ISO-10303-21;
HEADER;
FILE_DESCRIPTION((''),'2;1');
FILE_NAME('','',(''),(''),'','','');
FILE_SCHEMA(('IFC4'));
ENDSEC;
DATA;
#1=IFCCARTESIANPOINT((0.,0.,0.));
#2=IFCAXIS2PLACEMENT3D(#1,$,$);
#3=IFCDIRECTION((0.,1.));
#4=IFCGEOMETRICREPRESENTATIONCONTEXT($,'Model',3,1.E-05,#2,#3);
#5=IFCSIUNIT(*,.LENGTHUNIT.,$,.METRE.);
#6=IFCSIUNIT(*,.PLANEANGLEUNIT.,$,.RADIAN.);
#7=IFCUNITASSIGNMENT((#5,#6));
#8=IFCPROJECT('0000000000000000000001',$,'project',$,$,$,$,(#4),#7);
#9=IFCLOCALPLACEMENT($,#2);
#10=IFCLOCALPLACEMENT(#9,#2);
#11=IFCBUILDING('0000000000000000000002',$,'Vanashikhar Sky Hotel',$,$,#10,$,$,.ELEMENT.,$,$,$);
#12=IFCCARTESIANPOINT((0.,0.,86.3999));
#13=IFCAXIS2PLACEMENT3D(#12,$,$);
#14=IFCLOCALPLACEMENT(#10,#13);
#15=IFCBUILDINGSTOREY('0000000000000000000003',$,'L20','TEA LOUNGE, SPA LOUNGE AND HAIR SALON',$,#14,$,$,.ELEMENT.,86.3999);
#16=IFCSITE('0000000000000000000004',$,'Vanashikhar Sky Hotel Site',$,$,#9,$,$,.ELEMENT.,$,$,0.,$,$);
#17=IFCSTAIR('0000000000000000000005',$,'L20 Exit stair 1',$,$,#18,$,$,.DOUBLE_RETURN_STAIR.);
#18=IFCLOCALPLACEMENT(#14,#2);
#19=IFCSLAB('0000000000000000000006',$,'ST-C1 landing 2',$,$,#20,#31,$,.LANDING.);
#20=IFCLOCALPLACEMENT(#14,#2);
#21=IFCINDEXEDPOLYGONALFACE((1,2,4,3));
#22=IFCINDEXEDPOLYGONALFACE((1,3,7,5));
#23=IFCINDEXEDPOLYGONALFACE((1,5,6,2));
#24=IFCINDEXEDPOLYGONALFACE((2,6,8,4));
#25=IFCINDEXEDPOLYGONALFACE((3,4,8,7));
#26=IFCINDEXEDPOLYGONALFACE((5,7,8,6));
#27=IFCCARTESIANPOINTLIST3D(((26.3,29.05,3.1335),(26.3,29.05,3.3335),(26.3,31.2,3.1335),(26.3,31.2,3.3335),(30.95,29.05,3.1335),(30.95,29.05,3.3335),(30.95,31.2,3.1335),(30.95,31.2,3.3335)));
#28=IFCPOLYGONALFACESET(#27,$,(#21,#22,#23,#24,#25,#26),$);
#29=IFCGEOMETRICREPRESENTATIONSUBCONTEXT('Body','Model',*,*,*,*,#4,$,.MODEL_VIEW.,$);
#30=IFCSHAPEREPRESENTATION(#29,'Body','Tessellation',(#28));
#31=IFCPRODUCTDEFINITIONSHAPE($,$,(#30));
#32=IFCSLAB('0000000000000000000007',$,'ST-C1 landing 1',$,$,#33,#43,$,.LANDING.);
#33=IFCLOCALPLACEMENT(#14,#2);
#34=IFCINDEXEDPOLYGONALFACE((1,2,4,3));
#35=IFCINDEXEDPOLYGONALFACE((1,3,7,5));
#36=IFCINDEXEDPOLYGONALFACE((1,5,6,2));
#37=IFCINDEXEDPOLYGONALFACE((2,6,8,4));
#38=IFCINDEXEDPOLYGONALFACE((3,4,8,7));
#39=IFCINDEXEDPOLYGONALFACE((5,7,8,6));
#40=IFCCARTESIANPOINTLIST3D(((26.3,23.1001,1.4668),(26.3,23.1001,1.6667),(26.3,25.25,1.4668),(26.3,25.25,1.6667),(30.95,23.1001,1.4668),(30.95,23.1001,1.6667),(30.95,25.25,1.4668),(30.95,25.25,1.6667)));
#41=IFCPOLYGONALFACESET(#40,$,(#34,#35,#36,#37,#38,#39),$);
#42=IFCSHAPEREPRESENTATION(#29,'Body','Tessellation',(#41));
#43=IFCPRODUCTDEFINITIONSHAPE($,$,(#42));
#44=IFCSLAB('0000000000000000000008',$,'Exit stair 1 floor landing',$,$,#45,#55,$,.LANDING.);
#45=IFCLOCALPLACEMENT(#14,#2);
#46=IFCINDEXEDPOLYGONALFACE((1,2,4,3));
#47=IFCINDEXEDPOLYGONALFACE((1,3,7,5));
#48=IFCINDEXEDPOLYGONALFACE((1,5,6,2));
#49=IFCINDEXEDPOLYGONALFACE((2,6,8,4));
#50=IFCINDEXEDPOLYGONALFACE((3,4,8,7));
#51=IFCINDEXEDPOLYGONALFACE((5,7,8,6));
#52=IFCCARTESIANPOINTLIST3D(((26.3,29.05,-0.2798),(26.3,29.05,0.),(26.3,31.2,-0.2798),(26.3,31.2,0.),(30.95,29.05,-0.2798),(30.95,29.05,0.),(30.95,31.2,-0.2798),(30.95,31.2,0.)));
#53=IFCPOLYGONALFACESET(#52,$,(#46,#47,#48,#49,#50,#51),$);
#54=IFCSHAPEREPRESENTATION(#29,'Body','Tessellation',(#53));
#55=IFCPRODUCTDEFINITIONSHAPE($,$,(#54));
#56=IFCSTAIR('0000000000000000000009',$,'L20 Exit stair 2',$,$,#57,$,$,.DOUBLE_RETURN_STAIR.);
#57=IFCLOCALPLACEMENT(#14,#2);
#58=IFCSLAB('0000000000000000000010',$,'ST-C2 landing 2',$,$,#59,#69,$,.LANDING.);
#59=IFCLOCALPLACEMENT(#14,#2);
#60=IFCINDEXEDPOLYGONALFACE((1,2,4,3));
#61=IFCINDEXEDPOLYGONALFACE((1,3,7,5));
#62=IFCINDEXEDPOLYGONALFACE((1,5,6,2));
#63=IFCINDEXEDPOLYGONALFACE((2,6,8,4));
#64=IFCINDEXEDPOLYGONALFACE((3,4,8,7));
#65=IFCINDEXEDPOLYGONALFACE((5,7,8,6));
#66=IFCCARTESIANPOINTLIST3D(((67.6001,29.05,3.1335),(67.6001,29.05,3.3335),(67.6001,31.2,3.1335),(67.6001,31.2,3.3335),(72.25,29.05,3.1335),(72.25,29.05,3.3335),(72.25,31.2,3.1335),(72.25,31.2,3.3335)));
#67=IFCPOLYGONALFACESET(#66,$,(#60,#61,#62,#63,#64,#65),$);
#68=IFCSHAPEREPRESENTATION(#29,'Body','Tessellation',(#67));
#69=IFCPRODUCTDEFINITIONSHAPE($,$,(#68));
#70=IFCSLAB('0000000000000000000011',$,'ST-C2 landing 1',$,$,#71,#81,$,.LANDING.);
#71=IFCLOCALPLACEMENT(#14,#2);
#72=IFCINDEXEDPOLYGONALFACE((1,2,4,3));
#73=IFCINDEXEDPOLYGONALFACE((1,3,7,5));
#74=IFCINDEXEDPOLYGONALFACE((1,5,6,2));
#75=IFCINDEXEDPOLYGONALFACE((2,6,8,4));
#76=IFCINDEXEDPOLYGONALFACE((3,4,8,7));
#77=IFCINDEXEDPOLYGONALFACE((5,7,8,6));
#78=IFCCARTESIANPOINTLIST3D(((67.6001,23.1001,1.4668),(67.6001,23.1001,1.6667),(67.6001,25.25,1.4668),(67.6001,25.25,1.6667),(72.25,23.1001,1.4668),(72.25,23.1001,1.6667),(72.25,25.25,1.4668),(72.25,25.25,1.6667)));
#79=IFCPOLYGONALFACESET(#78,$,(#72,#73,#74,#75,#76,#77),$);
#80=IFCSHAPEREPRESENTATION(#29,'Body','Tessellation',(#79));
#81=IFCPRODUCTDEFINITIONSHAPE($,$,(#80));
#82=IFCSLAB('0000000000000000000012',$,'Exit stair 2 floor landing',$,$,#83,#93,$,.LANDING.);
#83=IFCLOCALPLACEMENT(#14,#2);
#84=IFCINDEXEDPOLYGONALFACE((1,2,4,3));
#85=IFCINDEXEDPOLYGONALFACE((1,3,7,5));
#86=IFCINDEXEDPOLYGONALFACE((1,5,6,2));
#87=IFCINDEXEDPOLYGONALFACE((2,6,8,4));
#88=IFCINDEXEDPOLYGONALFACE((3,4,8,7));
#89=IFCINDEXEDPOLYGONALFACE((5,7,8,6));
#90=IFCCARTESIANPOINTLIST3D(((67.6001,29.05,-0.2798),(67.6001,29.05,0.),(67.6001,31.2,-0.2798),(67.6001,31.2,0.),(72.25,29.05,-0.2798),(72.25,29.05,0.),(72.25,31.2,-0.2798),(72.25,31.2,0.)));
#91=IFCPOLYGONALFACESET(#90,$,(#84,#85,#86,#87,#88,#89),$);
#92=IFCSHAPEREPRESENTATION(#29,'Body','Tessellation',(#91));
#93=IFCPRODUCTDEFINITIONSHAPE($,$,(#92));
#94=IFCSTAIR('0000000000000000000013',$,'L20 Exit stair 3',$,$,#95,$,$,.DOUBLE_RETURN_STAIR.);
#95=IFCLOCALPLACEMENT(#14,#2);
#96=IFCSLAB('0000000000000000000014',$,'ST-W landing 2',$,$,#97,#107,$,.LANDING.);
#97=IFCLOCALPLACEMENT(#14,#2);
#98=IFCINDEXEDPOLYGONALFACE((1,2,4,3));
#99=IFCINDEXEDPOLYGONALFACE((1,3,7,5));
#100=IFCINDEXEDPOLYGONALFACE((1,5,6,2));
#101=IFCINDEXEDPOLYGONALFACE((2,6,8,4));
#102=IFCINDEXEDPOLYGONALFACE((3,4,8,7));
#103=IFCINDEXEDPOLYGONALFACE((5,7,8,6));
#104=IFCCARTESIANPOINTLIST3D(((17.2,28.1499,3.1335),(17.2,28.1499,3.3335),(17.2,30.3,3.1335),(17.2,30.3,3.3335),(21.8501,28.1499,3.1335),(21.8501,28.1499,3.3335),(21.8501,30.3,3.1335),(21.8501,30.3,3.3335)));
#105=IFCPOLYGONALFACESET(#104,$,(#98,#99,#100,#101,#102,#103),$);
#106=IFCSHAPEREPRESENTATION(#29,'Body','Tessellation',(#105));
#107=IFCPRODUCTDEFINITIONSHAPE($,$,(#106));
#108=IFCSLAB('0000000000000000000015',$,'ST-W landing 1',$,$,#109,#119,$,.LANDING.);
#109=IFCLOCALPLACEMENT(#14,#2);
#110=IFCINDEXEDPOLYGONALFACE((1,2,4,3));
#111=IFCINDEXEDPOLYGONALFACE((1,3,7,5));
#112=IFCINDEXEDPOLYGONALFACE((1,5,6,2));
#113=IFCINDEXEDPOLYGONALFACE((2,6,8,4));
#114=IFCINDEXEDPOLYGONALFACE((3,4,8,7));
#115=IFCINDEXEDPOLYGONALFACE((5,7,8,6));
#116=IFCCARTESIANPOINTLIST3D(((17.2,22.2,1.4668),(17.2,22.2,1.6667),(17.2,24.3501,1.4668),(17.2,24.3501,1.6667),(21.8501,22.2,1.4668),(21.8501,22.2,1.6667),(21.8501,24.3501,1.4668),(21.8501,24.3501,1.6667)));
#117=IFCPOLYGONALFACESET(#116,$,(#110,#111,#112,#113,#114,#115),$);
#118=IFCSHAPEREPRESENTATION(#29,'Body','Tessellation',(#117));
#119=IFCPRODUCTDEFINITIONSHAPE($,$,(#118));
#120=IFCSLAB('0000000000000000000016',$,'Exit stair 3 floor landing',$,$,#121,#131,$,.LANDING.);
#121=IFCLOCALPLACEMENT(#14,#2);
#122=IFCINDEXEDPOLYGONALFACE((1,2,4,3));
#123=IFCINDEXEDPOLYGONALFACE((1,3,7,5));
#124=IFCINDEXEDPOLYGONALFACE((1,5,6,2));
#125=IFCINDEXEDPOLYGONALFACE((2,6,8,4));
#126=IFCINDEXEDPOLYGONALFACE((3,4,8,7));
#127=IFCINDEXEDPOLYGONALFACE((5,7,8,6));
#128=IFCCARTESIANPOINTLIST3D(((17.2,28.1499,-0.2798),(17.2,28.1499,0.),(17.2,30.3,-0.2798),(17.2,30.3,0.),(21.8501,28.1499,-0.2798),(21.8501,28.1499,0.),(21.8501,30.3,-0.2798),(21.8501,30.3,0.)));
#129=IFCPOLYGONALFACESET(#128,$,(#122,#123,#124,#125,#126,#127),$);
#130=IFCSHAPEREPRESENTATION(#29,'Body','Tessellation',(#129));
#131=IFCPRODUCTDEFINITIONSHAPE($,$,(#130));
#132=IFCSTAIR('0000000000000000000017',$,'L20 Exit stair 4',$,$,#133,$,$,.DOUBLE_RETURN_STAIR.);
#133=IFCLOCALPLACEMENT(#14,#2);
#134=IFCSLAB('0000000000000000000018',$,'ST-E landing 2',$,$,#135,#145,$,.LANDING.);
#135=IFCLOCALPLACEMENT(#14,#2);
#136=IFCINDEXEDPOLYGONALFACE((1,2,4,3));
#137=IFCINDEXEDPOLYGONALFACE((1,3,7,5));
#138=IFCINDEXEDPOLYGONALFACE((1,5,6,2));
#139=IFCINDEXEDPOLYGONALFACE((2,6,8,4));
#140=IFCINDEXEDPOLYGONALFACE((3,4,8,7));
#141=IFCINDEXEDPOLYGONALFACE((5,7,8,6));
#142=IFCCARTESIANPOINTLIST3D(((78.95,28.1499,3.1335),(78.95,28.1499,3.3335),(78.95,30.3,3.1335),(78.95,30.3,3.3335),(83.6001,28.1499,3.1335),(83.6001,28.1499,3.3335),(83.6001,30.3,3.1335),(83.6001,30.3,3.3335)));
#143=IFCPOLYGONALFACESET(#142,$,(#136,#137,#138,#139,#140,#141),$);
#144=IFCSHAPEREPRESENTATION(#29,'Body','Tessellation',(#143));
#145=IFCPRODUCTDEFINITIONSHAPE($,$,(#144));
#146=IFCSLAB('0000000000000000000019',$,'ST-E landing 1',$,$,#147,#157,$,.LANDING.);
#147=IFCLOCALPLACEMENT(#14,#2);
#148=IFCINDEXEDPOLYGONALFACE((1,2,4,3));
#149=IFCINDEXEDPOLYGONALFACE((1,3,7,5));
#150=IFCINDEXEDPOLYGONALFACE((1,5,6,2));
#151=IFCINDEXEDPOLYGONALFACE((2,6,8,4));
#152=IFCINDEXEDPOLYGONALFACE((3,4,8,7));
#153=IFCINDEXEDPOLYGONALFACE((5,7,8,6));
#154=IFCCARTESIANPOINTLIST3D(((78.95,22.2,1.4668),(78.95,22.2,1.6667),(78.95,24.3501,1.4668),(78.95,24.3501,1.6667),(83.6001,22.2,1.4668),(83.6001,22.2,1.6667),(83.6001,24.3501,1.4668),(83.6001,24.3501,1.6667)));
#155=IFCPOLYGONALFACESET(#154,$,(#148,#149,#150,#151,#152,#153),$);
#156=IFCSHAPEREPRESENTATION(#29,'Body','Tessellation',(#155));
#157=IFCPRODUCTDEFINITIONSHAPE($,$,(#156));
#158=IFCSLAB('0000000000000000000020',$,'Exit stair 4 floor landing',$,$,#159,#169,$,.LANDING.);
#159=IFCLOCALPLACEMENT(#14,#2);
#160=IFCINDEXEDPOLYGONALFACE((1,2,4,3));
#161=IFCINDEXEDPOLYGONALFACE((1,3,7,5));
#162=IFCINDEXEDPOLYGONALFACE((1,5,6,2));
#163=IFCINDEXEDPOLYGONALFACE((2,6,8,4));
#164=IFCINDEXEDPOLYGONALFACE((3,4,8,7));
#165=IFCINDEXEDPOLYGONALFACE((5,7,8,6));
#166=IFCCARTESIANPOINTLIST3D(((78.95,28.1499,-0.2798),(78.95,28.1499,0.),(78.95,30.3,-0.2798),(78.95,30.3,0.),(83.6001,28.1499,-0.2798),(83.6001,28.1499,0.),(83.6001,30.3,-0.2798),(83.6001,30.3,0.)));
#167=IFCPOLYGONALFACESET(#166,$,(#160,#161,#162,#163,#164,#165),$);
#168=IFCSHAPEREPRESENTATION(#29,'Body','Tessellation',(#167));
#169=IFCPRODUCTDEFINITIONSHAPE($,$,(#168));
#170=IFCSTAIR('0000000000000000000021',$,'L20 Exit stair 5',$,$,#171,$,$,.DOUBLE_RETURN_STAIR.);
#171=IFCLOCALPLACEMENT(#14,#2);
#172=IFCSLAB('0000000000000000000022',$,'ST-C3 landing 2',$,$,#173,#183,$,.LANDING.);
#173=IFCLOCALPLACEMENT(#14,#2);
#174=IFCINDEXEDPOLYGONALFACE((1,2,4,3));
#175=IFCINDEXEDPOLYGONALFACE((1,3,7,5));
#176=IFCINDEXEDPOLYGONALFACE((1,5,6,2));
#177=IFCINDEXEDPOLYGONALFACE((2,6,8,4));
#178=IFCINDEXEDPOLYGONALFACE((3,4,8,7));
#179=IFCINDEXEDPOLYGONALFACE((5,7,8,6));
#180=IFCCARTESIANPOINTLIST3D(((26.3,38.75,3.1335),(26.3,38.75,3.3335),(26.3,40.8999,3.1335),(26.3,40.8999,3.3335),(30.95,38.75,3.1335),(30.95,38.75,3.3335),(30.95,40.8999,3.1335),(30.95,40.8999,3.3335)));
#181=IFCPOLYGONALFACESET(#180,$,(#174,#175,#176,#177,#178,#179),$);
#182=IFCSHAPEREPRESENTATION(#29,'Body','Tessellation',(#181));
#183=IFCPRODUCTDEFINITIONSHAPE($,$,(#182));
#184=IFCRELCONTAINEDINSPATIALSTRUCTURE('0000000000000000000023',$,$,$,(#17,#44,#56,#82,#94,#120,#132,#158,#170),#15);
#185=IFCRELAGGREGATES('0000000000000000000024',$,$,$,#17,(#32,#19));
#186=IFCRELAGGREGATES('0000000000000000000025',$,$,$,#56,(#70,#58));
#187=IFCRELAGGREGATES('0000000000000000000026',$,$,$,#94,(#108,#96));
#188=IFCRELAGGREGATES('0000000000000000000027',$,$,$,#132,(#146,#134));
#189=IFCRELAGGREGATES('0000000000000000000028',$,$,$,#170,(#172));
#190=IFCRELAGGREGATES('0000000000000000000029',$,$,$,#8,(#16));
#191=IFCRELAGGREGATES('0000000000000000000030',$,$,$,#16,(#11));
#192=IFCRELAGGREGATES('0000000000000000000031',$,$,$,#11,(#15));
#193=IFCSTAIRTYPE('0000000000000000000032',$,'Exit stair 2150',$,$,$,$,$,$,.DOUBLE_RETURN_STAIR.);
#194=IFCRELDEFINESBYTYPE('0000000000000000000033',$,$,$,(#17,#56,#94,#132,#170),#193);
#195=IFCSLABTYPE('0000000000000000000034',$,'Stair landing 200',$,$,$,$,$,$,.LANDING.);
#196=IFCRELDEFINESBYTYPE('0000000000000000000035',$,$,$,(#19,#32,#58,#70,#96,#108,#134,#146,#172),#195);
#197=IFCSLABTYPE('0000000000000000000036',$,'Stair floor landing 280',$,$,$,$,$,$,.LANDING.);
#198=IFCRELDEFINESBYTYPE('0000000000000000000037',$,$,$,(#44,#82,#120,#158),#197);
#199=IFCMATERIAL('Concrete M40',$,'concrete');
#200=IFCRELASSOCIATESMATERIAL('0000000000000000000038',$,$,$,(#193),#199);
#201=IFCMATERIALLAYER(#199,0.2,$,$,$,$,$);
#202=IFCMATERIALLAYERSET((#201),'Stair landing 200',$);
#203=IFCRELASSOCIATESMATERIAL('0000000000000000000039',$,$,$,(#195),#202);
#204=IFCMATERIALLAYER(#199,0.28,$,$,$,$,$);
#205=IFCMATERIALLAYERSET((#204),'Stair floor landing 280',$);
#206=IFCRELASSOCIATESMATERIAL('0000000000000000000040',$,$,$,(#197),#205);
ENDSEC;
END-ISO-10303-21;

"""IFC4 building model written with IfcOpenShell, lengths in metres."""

from ifc_helpers import new_model, si_unit, direction, frame, origin, place, context, subcontext, project, spatial, polyline, outline, extrude, source, transform, mapped, material, layer, layer_set, type_object, element, aggregate, save


model = new_model("IFC4")

# Units and contexts
model_context = context("Model", 3, precision=1e-05, world=origin(), true_north=direction((0.0, 1.0)))
body_context = subcontext(model_context, "Body", "Model", "MODEL_VIEW")
ifc_project = project(units=[si_unit("LENGTHUNIT", "METRE"), si_unit("PLANEANGLEUNIT", "RADIAN")], contexts=[model_context])

# Site, building, storey
site_placement = place(None, origin())
site = spatial("IfcSite", under=ifc_project, at=site_placement, Name="Vanashikhar Sky Hotel Site", CompositionType="ELEMENT", RefElevation=0.0)
building_placement = place(site_placement, origin())
building = spatial("IfcBuilding", under=site, at=building_placement, Name="Vanashikhar Sky Hotel", CompositionType="ELEMENT")
storey_placement = place(building_placement, frame((0.0, 0.0, 86.3999)))
storey = spatial("IfcBuildingStorey", under=building, at=storey_placement, Name="L20", Description="TEA LOUNGE, SPA LOUNGE AND HAIR SALON", CompositionType="ELEMENT", Elevation=86.3999)

# Shared definitions
ifc_material_1 = material(Name="Concrete M40", Category="concrete")

# Stair, slabs
stair_type = type_object("IfcStairType", Name="Exit stair 2150", PredefinedType="DOUBLE_RETURN_STAIR", material=ifc_material_1)
stair_1_placement = place(storey_placement, origin())
stair_1 = element("IfcStair", 1, at=stair_1_placement, inside=storey, type_object=stair_type, Name="L20 Exit stair 1", PredefinedType="DOUBLE_RETURN_STAIR")
ifc_layer_1 = layer(ifc_material_1, 0.2)
ifc_layer_set_1 = layer_set([ifc_layer_1], Name="Stair landing 200")
slab_type_1 = type_object("IfcSlabType", Name="Stair landing 200", PredefinedType="LANDING", material=ifc_layer_set_1)
shared_shape_1 = source(origin(), body_context, "Body", "SweptSolid", [
    extrude(outline(polyline([(30.95, 29.05), (30.95, 31.2), (26.3, 31.2), (26.3, 29.05), (30.95, 29.05)])), origin(), (0.0, 0.0, 1.0), 0.2),
])
slab_1_placement = place(storey_placement, frame((0.0, 0.0, 3.1335)))
slab_1 = element("IfcSlab", 2, at=slab_1_placement, type_object=slab_type_1, Name="ST-C1 landing 2", PredefinedType="LANDING", context=body_context, shape_type="MappedRepresentation", body=[
    mapped(shared_shape_1, transform((0.0, 0.0, 0.0), scale=1.0)),
])
shared_shape_2 = source(origin(), body_context, "Body", "SweptSolid", [
    extrude(outline(polyline([(30.95, 23.1001), (30.95, 25.25), (26.3, 25.25), (26.3, 23.1001), (30.95, 23.1001)])), origin(), (0.0, 0.0, 1.0), 0.2),
])
slab_2_placement = place(storey_placement, frame((0.0, 0.0, 1.4668)))
slab_2 = element("IfcSlab", 3, at=slab_2_placement, type_object=slab_type_1, Name="ST-C1 landing 1", PredefinedType="LANDING", context=body_context, shape_type="MappedRepresentation", body=[
    mapped(shared_shape_2, transform((0.0, 0.0, 0.0), scale=1.0)),
])
aggregate(stair_1, [slab_2, slab_1])

# Slab
ifc_layer_2 = layer(ifc_material_1, 0.28)
ifc_layer_set_2 = layer_set([ifc_layer_2], Name="Stair floor landing 280")
slab_type_2 = type_object("IfcSlabType", Name="Stair floor landing 280", PredefinedType="LANDING", material=ifc_layer_set_2)
shared_shape_3 = source(origin(), body_context, "Body", "SweptSolid", [
    extrude(outline(polyline([(30.95, 29.05), (30.95, 31.2), (26.3, 31.2), (26.3, 29.05), (30.95, 29.05)])), origin(), (0.0, 0.0, 1.0), 0.2798),
])
slab_3_placement = place(storey_placement, frame((0.0, 0.0, -0.2798)))
element("IfcSlab", 4, at=slab_3_placement, inside=storey, type_object=slab_type_2, Name="Exit stair 1 floor landing", PredefinedType="LANDING", context=body_context, shape_type="MappedRepresentation", body=[
    mapped(shared_shape_3, transform((0.0, 0.0, 0.0), scale=1.0)),
])

# Stair, slabs
stair_2_placement = place(storey_placement, origin())
stair_2 = element("IfcStair", 5, at=stair_2_placement, inside=storey, type_object=stair_type, Name="L20 Exit stair 2", PredefinedType="DOUBLE_RETURN_STAIR")
shared_shape_4 = source(origin(), body_context, "Body", "SweptSolid", [
    extrude(outline(polyline([(72.25, 29.05), (72.25, 31.2), (67.6001, 31.2), (67.6001, 29.05), (72.25, 29.05)])), origin(), (0.0, 0.0, 1.0), 0.2),
])
slab_4_placement = place(storey_placement, frame((0.0, 0.0, 3.1335)))
slab_4 = element("IfcSlab", 6, at=slab_4_placement, type_object=slab_type_1, Name="ST-C2 landing 2", PredefinedType="LANDING", context=body_context, shape_type="MappedRepresentation", body=[
    mapped(shared_shape_4, transform((0.0, 0.0, 0.0), scale=1.0)),
])
shared_shape_5 = source(origin(), body_context, "Body", "SweptSolid", [
    extrude(outline(polyline([(72.25, 23.1001), (72.25, 25.25), (67.6001, 25.25), (67.6001, 23.1001), (72.25, 23.1001)])), origin(), (0.0, 0.0, 1.0), 0.2),
])
slab_5_placement = place(storey_placement, frame((0.0, 0.0, 1.4668)))
slab_5 = element("IfcSlab", 7, at=slab_5_placement, type_object=slab_type_1, Name="ST-C2 landing 1", PredefinedType="LANDING", context=body_context, shape_type="MappedRepresentation", body=[
    mapped(shared_shape_5, transform((0.0, 0.0, 0.0), scale=1.0)),
])
aggregate(stair_2, [slab_5, slab_4])

# Slab
shared_shape_6 = source(origin(), body_context, "Body", "SweptSolid", [
    extrude(outline(polyline([(72.25, 29.05), (72.25, 31.2), (67.6001, 31.2), (67.6001, 29.05), (72.25, 29.05)])), origin(), (0.0, 0.0, 1.0), 0.2798),
])
slab_6_placement = place(storey_placement, frame((0.0, 0.0, -0.2798)))
element("IfcSlab", 8, at=slab_6_placement, inside=storey, type_object=slab_type_2, Name="Exit stair 2 floor landing", PredefinedType="LANDING", context=body_context, shape_type="MappedRepresentation", body=[
    mapped(shared_shape_6, transform((0.0, 0.0, 0.0), scale=1.0)),
])

# Stair, slabs
stair_3_placement = place(storey_placement, origin())
stair_3 = element("IfcStair", 9, at=stair_3_placement, inside=storey, type_object=stair_type, Name="L20 Exit stair 3", PredefinedType="DOUBLE_RETURN_STAIR")
shared_shape_7 = source(origin(), body_context, "Body", "SweptSolid", [
    extrude(outline(polyline([(21.8501, 28.1499), (21.8501, 30.3), (17.2, 30.3), (17.2, 28.1499), (21.8501, 28.1499)])), origin(), (0.0, 0.0, 1.0), 0.2),
])
slab_7_placement = place(storey_placement, frame((0.0, 0.0, 3.1335)))
slab_7 = element("IfcSlab", 10, at=slab_7_placement, type_object=slab_type_1, Name="ST-W landing 2", PredefinedType="LANDING", context=body_context, shape_type="MappedRepresentation", body=[
    mapped(shared_shape_7, transform((0.0, 0.0, 0.0), scale=1.0)),
])
shared_shape_8 = source(origin(), body_context, "Body", "SweptSolid", [
    extrude(outline(polyline([(21.8501, 22.2), (21.8501, 24.3501), (17.2, 24.3501), (17.2, 22.2), (21.8501, 22.2)])), origin(), (0.0, 0.0, 1.0), 0.2),
])
slab_8_placement = place(storey_placement, frame((0.0, 0.0, 1.4668)))
slab_8 = element("IfcSlab", 11, at=slab_8_placement, type_object=slab_type_1, Name="ST-W landing 1", PredefinedType="LANDING", context=body_context, shape_type="MappedRepresentation", body=[
    mapped(shared_shape_8, transform((0.0, 0.0, 0.0), scale=1.0)),
])
aggregate(stair_3, [slab_8, slab_7])

# Slab
shared_shape_9 = source(origin(), body_context, "Body", "SweptSolid", [
    extrude(outline(polyline([(21.8501, 28.1499), (21.8501, 30.3), (17.2, 30.3), (17.2, 28.1499), (21.8501, 28.1499)])), origin(), (0.0, 0.0, 1.0), 0.2798),
])
slab_9_placement = place(storey_placement, frame((0.0, 0.0, -0.2798)))
element("IfcSlab", 12, at=slab_9_placement, inside=storey, type_object=slab_type_2, Name="Exit stair 3 floor landing", PredefinedType="LANDING", context=body_context, shape_type="MappedRepresentation", body=[
    mapped(shared_shape_9, transform((0.0, 0.0, 0.0), scale=1.0)),
])

# Stair, slabs
stair_4_placement = place(storey_placement, origin())
stair_4 = element("IfcStair", 13, at=stair_4_placement, inside=storey, type_object=stair_type, Name="L20 Exit stair 4", PredefinedType="DOUBLE_RETURN_STAIR")
shared_shape_10 = source(origin(), body_context, "Body", "SweptSolid", [
    extrude(outline(polyline([(83.6001, 28.1499), (83.6001, 30.3), (78.95, 30.3), (78.95, 28.1499), (83.6001, 28.1499)])), origin(), (0.0, 0.0, 1.0), 0.2),
])
slab_10_placement = place(storey_placement, frame((0.0, 0.0, 3.1335)))
slab_10 = element("IfcSlab", 14, at=slab_10_placement, type_object=slab_type_1, Name="ST-E landing 2", PredefinedType="LANDING", context=body_context, shape_type="MappedRepresentation", body=[
    mapped(shared_shape_10, transform((0.0, 0.0, 0.0), scale=1.0)),
])
shared_shape_11 = source(origin(), body_context, "Body", "SweptSolid", [
    extrude(outline(polyline([(83.6001, 22.2), (83.6001, 24.3501), (78.95, 24.3501), (78.95, 22.2), (83.6001, 22.2)])), origin(), (0.0, 0.0, 1.0), 0.2),
])
slab_11_placement = place(storey_placement, frame((0.0, 0.0, 1.4668)))
slab_11 = element("IfcSlab", 15, at=slab_11_placement, type_object=slab_type_1, Name="ST-E landing 1", PredefinedType="LANDING", context=body_context, shape_type="MappedRepresentation", body=[
    mapped(shared_shape_11, transform((0.0, 0.0, 0.0), scale=1.0)),
])
aggregate(stair_4, [slab_11, slab_10])

# Slab
shared_shape_12 = source(origin(), body_context, "Body", "SweptSolid", [
    extrude(outline(polyline([(83.6001, 28.1499), (83.6001, 30.3), (78.95, 30.3), (78.95, 28.1499), (83.6001, 28.1499)])), origin(), (0.0, 0.0, 1.0), 0.2798),
])
slab_12_placement = place(storey_placement, frame((0.0, 0.0, -0.2798)))
element("IfcSlab", 16, at=slab_12_placement, inside=storey, type_object=slab_type_2, Name="Exit stair 4 floor landing", PredefinedType="LANDING", context=body_context, shape_type="MappedRepresentation", body=[
    mapped(shared_shape_12, transform((0.0, 0.0, 0.0), scale=1.0)),
])

# Stair, slab
stair_5_placement = place(storey_placement, origin())
stair_5 = element("IfcStair", 17, at=stair_5_placement, inside=storey, type_object=stair_type, Name="L20 Exit stair 5", PredefinedType="DOUBLE_RETURN_STAIR")
shared_shape_13 = source(origin(), body_context, "Body", "SweptSolid", [
    extrude(outline(polyline([(30.95, 38.75), (30.95, 40.8999), (26.3, 40.8999), (26.3, 38.75), (30.95, 38.75)])), origin(), (0.0, 0.0, 1.0), 0.2),
])
slab_13_placement = place(storey_placement, frame((0.0, 0.0, 3.1335)))
slab_13 = element("IfcSlab", 18, at=slab_13_placement, type_object=slab_type_1, Name="ST-C3 landing 2", PredefinedType="LANDING", context=body_context, shape_type="MappedRepresentation", body=[
    mapped(shared_shape_13, transform((0.0, 0.0, 0.0), scale=1.0)),
])
aggregate(stair_5, [slab_13])

save(model, "model.ifc")
